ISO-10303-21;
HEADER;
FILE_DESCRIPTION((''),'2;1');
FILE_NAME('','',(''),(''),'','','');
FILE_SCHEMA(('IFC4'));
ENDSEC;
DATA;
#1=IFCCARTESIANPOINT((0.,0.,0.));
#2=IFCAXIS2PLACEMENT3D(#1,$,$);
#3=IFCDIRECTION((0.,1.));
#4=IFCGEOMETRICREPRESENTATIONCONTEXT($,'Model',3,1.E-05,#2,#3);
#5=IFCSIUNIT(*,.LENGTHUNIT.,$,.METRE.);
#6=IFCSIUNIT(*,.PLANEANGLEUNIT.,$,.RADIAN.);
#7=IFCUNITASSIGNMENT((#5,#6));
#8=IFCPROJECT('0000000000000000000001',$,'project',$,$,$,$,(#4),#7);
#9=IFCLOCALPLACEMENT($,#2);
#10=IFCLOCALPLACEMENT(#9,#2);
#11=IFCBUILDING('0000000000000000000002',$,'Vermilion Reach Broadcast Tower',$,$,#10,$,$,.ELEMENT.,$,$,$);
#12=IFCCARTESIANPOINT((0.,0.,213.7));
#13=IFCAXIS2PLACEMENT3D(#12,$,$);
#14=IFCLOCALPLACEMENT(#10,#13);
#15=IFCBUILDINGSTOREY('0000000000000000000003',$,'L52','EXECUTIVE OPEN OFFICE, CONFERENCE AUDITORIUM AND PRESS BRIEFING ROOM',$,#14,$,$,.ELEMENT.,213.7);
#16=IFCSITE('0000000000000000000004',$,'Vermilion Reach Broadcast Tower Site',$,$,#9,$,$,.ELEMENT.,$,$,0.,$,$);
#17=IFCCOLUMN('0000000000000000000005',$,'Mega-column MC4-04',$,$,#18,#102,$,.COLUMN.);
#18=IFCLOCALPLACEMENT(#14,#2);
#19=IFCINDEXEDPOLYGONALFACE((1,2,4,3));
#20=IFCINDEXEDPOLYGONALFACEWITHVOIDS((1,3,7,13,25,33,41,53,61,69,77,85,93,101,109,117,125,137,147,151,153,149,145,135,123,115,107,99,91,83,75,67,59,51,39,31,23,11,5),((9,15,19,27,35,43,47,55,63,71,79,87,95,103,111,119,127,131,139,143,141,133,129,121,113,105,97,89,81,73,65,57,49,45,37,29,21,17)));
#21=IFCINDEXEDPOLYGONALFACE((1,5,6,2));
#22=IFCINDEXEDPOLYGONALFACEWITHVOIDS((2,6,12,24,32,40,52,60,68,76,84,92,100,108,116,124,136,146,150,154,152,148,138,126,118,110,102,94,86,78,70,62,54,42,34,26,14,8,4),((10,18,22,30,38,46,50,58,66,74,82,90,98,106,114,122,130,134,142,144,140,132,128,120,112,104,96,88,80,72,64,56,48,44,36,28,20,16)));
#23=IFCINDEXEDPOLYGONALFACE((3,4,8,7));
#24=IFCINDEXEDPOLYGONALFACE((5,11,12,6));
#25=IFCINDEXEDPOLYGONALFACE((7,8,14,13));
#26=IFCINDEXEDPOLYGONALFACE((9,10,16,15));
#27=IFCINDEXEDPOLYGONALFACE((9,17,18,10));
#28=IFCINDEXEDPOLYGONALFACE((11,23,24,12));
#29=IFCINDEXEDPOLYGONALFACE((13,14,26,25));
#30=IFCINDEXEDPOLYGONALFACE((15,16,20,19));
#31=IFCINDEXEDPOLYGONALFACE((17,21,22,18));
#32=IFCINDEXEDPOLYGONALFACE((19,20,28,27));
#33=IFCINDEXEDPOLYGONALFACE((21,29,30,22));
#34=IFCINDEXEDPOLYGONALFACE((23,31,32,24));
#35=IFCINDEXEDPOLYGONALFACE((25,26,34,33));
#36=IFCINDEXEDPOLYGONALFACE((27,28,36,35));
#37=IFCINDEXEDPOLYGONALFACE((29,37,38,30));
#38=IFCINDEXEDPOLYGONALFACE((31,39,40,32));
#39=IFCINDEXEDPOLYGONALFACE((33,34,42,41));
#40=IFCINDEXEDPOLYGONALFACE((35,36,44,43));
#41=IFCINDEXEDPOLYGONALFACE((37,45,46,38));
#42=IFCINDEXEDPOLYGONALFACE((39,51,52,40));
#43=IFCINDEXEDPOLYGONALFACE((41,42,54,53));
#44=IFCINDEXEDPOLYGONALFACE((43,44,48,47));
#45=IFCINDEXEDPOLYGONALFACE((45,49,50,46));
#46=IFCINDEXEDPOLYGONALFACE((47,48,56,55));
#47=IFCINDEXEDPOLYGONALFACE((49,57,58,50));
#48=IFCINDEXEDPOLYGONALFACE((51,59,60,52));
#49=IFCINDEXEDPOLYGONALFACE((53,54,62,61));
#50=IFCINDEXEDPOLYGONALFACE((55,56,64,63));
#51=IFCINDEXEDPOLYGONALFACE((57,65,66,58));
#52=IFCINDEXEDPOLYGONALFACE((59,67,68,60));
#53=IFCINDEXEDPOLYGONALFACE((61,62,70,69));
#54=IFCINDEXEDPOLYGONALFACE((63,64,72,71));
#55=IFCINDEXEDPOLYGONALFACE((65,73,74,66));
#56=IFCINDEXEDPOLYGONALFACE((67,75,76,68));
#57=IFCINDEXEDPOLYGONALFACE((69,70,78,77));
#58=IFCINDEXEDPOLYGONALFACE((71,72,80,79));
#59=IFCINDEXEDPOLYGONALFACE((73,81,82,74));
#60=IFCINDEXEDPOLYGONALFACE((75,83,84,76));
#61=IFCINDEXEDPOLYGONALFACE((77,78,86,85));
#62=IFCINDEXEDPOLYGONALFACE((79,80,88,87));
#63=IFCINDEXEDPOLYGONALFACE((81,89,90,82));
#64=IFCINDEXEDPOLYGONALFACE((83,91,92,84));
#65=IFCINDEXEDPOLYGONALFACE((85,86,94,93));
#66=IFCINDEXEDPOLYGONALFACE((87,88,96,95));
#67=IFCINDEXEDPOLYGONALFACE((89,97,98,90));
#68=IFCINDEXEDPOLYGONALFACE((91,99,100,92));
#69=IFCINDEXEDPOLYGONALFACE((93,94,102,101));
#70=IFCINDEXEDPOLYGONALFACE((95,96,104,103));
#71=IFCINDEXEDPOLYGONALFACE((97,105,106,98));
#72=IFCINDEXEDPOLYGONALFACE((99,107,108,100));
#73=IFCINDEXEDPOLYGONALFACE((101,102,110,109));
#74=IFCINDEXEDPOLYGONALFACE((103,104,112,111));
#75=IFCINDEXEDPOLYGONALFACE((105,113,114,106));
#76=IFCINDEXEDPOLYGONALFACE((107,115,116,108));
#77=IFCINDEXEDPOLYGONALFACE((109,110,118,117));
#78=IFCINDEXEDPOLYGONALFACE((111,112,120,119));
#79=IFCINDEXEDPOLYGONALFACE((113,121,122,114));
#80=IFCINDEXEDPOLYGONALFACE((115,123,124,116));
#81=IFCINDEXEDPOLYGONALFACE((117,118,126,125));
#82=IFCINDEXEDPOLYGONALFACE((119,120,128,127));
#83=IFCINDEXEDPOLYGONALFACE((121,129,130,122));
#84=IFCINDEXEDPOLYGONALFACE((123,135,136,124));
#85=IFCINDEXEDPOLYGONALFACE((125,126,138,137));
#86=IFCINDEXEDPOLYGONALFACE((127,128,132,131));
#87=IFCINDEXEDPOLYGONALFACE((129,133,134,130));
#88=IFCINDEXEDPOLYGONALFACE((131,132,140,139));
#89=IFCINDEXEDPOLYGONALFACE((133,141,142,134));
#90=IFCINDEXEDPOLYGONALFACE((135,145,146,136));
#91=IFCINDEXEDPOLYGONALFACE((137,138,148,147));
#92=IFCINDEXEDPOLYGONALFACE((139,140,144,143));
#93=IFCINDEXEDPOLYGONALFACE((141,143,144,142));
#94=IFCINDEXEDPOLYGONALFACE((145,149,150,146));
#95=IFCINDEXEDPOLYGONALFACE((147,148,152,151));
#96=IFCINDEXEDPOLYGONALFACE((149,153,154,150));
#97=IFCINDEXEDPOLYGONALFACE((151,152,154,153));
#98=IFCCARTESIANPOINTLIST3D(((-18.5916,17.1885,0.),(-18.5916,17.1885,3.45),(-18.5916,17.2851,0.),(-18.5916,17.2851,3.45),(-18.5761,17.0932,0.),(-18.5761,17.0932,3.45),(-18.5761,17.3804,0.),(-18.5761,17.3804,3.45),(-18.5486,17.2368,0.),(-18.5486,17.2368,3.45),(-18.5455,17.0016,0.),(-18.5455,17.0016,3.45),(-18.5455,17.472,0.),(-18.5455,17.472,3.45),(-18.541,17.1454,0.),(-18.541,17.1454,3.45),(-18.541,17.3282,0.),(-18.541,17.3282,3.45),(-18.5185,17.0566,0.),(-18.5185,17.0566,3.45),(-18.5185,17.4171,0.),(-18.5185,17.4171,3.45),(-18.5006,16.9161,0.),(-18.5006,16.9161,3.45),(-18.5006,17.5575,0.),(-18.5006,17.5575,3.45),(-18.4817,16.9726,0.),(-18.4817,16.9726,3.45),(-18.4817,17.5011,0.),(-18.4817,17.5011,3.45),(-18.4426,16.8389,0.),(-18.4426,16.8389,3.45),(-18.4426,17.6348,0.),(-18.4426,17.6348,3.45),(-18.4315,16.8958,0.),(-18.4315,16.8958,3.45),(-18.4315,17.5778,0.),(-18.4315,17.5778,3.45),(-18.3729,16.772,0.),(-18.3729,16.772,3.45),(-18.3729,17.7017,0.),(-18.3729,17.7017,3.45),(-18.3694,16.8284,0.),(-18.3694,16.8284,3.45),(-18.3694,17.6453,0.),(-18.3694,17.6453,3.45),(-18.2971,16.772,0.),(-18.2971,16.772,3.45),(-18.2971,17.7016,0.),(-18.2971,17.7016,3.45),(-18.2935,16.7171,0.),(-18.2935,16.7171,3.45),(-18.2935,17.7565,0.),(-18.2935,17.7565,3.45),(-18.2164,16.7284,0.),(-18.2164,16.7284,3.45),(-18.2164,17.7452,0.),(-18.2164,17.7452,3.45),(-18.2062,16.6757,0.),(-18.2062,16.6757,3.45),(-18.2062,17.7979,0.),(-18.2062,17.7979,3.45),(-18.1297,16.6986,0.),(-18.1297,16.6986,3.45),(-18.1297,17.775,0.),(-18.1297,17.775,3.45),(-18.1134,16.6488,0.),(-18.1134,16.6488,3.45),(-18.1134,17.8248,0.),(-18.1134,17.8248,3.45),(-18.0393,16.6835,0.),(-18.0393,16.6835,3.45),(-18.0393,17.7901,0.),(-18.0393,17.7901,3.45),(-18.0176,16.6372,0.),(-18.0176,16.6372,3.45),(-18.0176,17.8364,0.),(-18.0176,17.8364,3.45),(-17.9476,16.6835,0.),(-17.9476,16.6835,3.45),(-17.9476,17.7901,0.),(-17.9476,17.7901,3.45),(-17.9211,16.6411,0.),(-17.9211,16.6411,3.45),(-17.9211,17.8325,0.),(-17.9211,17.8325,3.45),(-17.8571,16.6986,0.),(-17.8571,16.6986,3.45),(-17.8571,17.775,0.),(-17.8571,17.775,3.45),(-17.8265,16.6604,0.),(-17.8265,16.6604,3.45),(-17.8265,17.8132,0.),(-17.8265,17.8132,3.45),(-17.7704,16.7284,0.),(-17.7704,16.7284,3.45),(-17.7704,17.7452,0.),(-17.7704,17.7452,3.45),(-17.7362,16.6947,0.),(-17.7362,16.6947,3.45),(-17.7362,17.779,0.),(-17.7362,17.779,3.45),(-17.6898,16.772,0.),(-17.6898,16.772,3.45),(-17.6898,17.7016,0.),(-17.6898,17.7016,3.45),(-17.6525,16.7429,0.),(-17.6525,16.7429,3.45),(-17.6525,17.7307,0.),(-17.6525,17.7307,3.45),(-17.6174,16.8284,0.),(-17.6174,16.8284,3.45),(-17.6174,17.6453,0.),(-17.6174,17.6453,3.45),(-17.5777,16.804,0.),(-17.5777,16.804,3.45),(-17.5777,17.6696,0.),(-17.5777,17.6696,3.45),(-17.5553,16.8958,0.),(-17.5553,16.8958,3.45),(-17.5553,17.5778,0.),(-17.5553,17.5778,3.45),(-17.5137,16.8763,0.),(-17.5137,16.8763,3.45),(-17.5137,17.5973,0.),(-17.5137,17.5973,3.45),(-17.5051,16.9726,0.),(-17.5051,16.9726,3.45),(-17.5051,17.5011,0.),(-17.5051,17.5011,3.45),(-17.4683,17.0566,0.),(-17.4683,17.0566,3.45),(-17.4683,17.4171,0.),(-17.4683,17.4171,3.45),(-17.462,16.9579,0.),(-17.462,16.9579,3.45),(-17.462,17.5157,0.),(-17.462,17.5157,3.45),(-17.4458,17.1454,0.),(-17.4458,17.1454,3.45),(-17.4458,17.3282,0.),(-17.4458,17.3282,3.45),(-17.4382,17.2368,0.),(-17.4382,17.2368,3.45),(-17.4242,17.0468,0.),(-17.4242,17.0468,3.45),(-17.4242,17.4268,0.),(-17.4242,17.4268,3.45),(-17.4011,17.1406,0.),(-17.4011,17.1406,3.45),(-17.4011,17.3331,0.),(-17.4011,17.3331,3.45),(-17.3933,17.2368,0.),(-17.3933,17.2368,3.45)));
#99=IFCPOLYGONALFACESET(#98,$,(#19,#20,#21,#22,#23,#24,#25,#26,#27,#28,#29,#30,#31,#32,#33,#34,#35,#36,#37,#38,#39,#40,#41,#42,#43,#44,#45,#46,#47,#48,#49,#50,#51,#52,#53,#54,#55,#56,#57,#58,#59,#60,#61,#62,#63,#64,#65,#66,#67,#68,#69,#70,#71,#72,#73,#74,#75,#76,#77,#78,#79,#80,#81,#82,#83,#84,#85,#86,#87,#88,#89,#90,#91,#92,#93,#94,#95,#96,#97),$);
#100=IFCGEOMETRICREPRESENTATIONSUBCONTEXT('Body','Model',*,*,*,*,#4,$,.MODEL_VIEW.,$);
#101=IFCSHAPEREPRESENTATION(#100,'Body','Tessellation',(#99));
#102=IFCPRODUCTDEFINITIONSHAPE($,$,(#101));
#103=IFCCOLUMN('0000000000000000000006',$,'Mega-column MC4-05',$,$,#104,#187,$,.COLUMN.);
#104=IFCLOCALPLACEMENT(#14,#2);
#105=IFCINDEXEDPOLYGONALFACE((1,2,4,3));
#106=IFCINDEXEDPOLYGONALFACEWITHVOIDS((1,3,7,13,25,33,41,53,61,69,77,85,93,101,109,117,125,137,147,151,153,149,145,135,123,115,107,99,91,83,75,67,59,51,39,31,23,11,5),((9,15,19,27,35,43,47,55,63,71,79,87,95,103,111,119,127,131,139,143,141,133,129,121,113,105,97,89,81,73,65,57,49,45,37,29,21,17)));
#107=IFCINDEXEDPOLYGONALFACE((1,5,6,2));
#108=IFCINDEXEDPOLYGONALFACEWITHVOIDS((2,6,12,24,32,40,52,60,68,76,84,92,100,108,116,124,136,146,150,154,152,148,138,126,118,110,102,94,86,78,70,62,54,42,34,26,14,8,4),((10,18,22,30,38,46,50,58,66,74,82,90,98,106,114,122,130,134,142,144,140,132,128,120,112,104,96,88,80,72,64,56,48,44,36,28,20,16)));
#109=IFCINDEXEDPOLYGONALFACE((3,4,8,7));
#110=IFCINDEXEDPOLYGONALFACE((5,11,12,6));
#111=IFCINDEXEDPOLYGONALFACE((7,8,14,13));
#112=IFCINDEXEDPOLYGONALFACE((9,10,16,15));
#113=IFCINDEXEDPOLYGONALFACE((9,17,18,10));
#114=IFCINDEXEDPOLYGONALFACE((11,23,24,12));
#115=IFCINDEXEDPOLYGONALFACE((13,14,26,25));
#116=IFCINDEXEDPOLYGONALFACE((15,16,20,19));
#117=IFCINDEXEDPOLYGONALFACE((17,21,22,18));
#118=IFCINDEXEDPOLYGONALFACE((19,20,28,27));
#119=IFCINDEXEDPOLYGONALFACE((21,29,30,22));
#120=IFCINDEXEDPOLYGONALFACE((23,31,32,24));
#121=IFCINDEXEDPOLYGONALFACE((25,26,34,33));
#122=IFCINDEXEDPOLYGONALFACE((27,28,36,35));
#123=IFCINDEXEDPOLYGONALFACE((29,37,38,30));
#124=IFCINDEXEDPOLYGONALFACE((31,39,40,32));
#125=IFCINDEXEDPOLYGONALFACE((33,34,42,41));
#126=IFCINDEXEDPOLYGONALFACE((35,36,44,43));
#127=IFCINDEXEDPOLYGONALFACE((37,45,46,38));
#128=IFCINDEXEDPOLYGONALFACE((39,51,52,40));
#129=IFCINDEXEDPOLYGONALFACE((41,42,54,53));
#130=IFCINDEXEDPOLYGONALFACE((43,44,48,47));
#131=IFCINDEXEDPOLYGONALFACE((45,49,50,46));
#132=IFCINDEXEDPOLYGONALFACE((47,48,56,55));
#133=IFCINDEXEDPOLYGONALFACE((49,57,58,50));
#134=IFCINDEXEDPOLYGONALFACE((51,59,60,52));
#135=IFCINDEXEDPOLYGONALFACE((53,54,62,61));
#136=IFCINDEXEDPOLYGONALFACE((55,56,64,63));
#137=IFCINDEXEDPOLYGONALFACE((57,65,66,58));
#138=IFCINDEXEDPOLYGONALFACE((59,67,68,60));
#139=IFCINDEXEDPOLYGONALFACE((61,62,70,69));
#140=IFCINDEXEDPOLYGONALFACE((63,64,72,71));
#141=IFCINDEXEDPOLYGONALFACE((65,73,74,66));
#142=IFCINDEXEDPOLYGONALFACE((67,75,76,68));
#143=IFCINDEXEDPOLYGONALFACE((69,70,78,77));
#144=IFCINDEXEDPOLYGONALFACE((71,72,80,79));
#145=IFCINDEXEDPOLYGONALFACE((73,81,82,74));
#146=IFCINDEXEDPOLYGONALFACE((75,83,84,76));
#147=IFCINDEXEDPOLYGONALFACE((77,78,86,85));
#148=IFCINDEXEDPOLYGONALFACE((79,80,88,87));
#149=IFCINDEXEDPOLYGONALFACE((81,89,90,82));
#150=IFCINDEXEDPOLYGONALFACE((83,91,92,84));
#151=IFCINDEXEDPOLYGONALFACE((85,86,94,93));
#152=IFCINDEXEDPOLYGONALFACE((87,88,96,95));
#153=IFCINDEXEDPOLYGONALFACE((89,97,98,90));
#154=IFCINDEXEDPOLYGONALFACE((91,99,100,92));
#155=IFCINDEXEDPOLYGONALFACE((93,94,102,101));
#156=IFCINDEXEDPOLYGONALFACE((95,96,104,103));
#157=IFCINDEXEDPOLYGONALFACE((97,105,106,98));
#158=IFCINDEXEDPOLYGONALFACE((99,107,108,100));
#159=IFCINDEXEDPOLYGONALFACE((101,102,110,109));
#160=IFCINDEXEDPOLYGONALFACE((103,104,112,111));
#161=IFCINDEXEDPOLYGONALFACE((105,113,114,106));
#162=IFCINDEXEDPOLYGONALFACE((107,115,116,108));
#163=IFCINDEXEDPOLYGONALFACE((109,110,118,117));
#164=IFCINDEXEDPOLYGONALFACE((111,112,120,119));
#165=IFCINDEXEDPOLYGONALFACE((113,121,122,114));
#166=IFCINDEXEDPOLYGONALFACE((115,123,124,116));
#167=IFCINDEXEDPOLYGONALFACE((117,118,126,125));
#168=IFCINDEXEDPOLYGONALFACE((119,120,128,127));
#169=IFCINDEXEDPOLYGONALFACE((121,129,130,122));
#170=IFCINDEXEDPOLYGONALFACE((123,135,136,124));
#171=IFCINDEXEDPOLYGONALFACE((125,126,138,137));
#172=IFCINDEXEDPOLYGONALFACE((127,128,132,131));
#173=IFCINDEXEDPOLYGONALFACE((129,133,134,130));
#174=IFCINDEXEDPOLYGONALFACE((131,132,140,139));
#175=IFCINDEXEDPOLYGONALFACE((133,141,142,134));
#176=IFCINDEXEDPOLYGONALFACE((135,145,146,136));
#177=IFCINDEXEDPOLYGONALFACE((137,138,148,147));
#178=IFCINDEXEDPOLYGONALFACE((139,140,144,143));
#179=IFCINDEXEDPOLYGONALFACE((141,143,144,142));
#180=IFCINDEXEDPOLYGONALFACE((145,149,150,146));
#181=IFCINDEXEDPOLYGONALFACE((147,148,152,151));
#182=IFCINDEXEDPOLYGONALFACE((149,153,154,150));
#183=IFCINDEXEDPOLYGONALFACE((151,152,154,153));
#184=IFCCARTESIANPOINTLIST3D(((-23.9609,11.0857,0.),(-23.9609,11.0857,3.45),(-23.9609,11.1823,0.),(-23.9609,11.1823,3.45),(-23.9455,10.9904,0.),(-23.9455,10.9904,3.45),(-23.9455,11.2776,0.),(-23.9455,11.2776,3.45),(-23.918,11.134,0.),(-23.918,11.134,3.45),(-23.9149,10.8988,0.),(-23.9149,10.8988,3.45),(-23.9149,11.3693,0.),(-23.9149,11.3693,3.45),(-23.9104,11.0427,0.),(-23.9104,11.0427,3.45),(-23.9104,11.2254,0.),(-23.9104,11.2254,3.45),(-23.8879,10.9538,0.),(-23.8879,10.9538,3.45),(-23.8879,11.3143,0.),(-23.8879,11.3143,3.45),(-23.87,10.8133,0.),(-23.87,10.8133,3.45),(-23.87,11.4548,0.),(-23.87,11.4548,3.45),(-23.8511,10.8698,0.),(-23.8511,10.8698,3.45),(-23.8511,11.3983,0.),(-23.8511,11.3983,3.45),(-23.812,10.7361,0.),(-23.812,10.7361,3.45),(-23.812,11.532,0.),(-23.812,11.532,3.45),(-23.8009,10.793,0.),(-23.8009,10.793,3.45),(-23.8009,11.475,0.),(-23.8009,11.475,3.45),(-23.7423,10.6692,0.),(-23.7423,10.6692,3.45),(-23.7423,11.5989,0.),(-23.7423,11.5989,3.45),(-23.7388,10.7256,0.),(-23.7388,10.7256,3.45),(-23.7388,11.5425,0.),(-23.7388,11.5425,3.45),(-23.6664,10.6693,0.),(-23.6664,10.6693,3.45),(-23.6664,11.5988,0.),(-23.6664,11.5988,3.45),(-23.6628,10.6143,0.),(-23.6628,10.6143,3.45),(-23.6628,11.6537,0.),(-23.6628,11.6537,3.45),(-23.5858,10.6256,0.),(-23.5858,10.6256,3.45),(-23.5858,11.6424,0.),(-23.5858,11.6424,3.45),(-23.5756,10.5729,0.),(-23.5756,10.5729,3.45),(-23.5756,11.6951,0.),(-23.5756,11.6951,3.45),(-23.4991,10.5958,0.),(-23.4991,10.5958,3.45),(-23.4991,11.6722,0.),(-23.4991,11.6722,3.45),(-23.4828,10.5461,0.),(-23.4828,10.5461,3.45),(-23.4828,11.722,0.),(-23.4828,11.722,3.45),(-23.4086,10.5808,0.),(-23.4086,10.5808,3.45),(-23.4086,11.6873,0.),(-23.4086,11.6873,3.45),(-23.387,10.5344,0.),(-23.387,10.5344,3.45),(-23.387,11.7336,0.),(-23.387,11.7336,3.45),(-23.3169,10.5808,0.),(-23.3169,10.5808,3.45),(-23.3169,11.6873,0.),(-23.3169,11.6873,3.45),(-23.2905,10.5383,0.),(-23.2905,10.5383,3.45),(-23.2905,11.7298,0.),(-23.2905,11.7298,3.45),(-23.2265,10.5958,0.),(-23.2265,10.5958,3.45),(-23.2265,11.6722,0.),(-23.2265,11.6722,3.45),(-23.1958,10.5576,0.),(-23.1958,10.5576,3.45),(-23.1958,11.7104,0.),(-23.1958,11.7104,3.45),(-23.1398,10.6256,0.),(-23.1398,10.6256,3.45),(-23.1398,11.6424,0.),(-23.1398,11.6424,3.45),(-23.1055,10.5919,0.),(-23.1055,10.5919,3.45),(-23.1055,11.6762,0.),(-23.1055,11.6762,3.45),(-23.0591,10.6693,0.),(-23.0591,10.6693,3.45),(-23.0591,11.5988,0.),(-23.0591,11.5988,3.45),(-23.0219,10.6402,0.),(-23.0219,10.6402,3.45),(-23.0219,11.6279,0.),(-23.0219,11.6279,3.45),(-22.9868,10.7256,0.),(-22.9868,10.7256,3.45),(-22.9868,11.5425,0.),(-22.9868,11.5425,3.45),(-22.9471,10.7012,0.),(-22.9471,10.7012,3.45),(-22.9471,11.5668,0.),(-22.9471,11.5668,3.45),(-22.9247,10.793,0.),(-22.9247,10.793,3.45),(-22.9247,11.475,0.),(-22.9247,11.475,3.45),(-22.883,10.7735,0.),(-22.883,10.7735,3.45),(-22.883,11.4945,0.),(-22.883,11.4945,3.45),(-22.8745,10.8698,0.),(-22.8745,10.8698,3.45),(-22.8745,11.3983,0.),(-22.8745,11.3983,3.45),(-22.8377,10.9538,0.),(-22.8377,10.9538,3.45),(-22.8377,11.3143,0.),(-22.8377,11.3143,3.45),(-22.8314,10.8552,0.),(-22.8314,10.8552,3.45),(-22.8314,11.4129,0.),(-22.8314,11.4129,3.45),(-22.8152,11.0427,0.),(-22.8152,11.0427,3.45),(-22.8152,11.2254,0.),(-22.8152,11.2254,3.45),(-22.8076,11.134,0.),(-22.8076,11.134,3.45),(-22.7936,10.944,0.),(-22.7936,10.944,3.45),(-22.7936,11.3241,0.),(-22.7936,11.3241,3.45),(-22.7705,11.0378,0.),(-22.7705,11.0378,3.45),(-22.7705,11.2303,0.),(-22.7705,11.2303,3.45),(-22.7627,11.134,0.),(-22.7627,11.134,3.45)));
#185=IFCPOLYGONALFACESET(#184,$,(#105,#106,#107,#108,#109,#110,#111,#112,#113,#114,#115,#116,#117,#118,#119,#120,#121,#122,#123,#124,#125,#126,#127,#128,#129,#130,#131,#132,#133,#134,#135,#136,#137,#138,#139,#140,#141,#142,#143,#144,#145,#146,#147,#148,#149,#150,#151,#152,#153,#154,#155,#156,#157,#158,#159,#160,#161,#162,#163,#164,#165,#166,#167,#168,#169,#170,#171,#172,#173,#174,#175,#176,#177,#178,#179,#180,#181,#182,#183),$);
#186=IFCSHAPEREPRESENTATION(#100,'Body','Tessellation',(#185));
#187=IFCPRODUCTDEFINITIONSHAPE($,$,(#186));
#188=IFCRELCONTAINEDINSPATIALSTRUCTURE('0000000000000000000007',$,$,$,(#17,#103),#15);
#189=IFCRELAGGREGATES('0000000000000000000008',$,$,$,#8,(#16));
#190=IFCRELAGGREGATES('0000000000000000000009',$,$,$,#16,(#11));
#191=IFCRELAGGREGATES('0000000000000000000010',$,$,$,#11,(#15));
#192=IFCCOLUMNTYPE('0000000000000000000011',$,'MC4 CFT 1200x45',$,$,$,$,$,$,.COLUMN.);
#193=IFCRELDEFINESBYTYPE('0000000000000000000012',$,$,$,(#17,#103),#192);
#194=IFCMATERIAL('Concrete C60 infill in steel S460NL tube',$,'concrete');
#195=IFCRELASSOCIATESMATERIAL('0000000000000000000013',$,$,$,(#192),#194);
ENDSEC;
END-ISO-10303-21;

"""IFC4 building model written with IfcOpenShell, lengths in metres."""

from ifc_helpers import new_model, si_unit, direction, frame, origin, origin_2d, place, context, subcontext, project, spatial, hollow_circle, extrude, material, material_profile, profile_set, type_object, element, save


model = new_model("IFC4")

# Units and contexts
model_context = context("Model", 3, precision=1e-05, world=origin(), true_north=direction((0.0, 1.0)))
body_context = subcontext(model_context, "Body", "Model", "MODEL_VIEW")
ifc_project = project(units=[si_unit("LENGTHUNIT", "METRE"), si_unit("PLANEANGLEUNIT", "RADIAN")], contexts=[model_context])

# Site, building, storey
site_placement = place(None, origin())
site = spatial("IfcSite", under=ifc_project, at=site_placement, Name="Vermilion Reach Broadcast Tower Site", CompositionType="ELEMENT", RefElevation=0.0)
building_placement = place(site_placement, origin())
building = spatial("IfcBuilding", under=site, at=building_placement, Name="Vermilion Reach Broadcast Tower", CompositionType="ELEMENT")
storey_placement = place(building_placement, frame((0.0, 0.0, 213.7)))
storey = spatial("IfcBuildingStorey", under=building, at=storey_placement, Name="L52", Description="EXECUTIVE OPEN OFFICE, CONFERENCE AUDITORIUM AND PRESS BRIEFING ROOM", CompositionType="ELEMENT", Elevation=213.7)

# Columns
ifc_material_1 = material(Name="Concrete C60 infill in steel S460NL tube", Category="concrete")
ifc_material_profile_1 = material_profile(ifc_material_1, hollow_circle(Radius=0.6001, WallThickness=0.0449, at=origin_2d()), Name="Concrete C60 infill in steel S460NL tube CFT 1200x45")
ifc_profile_set_1 = profile_set([ifc_material_profile_1], Name="Concrete C60 infill in steel S460NL tube")
column_type = type_object("IfcColumnType", Name="MC4 CFT 1200x45", PredefinedType="COLUMN", material=ifc_profile_set_1)
for number, where, z_axis, x_axis, name in (
    (1, (-17.9934, 17.2368, 0.0), (0.0, 0.0, 1.0), (1.0, 0.0, 0.0), "Mega-column MC4-04"),
    (2, (-23.3628, 11.134, 0.0), (0.0, 0.0, 1.0), (1.0, 0.0, 0.0), "Mega-column MC4-05"),
):
    element("IfcColumn", number, at=place(storey_placement, frame(where, z_axis=z_axis, x_axis=x_axis)), inside=storey, type_object=column_type, Name=name, PredefinedType="COLUMN", context=body_context, shape_type="SweptSolid", body=[
        extrude(hollow_circle(Radius=0.6001, WallThickness=0.0449, at=origin_2d()), origin(), (0.0, 0.0, 1.0), 3.45),
    ])

save(model, "model.ifc")
